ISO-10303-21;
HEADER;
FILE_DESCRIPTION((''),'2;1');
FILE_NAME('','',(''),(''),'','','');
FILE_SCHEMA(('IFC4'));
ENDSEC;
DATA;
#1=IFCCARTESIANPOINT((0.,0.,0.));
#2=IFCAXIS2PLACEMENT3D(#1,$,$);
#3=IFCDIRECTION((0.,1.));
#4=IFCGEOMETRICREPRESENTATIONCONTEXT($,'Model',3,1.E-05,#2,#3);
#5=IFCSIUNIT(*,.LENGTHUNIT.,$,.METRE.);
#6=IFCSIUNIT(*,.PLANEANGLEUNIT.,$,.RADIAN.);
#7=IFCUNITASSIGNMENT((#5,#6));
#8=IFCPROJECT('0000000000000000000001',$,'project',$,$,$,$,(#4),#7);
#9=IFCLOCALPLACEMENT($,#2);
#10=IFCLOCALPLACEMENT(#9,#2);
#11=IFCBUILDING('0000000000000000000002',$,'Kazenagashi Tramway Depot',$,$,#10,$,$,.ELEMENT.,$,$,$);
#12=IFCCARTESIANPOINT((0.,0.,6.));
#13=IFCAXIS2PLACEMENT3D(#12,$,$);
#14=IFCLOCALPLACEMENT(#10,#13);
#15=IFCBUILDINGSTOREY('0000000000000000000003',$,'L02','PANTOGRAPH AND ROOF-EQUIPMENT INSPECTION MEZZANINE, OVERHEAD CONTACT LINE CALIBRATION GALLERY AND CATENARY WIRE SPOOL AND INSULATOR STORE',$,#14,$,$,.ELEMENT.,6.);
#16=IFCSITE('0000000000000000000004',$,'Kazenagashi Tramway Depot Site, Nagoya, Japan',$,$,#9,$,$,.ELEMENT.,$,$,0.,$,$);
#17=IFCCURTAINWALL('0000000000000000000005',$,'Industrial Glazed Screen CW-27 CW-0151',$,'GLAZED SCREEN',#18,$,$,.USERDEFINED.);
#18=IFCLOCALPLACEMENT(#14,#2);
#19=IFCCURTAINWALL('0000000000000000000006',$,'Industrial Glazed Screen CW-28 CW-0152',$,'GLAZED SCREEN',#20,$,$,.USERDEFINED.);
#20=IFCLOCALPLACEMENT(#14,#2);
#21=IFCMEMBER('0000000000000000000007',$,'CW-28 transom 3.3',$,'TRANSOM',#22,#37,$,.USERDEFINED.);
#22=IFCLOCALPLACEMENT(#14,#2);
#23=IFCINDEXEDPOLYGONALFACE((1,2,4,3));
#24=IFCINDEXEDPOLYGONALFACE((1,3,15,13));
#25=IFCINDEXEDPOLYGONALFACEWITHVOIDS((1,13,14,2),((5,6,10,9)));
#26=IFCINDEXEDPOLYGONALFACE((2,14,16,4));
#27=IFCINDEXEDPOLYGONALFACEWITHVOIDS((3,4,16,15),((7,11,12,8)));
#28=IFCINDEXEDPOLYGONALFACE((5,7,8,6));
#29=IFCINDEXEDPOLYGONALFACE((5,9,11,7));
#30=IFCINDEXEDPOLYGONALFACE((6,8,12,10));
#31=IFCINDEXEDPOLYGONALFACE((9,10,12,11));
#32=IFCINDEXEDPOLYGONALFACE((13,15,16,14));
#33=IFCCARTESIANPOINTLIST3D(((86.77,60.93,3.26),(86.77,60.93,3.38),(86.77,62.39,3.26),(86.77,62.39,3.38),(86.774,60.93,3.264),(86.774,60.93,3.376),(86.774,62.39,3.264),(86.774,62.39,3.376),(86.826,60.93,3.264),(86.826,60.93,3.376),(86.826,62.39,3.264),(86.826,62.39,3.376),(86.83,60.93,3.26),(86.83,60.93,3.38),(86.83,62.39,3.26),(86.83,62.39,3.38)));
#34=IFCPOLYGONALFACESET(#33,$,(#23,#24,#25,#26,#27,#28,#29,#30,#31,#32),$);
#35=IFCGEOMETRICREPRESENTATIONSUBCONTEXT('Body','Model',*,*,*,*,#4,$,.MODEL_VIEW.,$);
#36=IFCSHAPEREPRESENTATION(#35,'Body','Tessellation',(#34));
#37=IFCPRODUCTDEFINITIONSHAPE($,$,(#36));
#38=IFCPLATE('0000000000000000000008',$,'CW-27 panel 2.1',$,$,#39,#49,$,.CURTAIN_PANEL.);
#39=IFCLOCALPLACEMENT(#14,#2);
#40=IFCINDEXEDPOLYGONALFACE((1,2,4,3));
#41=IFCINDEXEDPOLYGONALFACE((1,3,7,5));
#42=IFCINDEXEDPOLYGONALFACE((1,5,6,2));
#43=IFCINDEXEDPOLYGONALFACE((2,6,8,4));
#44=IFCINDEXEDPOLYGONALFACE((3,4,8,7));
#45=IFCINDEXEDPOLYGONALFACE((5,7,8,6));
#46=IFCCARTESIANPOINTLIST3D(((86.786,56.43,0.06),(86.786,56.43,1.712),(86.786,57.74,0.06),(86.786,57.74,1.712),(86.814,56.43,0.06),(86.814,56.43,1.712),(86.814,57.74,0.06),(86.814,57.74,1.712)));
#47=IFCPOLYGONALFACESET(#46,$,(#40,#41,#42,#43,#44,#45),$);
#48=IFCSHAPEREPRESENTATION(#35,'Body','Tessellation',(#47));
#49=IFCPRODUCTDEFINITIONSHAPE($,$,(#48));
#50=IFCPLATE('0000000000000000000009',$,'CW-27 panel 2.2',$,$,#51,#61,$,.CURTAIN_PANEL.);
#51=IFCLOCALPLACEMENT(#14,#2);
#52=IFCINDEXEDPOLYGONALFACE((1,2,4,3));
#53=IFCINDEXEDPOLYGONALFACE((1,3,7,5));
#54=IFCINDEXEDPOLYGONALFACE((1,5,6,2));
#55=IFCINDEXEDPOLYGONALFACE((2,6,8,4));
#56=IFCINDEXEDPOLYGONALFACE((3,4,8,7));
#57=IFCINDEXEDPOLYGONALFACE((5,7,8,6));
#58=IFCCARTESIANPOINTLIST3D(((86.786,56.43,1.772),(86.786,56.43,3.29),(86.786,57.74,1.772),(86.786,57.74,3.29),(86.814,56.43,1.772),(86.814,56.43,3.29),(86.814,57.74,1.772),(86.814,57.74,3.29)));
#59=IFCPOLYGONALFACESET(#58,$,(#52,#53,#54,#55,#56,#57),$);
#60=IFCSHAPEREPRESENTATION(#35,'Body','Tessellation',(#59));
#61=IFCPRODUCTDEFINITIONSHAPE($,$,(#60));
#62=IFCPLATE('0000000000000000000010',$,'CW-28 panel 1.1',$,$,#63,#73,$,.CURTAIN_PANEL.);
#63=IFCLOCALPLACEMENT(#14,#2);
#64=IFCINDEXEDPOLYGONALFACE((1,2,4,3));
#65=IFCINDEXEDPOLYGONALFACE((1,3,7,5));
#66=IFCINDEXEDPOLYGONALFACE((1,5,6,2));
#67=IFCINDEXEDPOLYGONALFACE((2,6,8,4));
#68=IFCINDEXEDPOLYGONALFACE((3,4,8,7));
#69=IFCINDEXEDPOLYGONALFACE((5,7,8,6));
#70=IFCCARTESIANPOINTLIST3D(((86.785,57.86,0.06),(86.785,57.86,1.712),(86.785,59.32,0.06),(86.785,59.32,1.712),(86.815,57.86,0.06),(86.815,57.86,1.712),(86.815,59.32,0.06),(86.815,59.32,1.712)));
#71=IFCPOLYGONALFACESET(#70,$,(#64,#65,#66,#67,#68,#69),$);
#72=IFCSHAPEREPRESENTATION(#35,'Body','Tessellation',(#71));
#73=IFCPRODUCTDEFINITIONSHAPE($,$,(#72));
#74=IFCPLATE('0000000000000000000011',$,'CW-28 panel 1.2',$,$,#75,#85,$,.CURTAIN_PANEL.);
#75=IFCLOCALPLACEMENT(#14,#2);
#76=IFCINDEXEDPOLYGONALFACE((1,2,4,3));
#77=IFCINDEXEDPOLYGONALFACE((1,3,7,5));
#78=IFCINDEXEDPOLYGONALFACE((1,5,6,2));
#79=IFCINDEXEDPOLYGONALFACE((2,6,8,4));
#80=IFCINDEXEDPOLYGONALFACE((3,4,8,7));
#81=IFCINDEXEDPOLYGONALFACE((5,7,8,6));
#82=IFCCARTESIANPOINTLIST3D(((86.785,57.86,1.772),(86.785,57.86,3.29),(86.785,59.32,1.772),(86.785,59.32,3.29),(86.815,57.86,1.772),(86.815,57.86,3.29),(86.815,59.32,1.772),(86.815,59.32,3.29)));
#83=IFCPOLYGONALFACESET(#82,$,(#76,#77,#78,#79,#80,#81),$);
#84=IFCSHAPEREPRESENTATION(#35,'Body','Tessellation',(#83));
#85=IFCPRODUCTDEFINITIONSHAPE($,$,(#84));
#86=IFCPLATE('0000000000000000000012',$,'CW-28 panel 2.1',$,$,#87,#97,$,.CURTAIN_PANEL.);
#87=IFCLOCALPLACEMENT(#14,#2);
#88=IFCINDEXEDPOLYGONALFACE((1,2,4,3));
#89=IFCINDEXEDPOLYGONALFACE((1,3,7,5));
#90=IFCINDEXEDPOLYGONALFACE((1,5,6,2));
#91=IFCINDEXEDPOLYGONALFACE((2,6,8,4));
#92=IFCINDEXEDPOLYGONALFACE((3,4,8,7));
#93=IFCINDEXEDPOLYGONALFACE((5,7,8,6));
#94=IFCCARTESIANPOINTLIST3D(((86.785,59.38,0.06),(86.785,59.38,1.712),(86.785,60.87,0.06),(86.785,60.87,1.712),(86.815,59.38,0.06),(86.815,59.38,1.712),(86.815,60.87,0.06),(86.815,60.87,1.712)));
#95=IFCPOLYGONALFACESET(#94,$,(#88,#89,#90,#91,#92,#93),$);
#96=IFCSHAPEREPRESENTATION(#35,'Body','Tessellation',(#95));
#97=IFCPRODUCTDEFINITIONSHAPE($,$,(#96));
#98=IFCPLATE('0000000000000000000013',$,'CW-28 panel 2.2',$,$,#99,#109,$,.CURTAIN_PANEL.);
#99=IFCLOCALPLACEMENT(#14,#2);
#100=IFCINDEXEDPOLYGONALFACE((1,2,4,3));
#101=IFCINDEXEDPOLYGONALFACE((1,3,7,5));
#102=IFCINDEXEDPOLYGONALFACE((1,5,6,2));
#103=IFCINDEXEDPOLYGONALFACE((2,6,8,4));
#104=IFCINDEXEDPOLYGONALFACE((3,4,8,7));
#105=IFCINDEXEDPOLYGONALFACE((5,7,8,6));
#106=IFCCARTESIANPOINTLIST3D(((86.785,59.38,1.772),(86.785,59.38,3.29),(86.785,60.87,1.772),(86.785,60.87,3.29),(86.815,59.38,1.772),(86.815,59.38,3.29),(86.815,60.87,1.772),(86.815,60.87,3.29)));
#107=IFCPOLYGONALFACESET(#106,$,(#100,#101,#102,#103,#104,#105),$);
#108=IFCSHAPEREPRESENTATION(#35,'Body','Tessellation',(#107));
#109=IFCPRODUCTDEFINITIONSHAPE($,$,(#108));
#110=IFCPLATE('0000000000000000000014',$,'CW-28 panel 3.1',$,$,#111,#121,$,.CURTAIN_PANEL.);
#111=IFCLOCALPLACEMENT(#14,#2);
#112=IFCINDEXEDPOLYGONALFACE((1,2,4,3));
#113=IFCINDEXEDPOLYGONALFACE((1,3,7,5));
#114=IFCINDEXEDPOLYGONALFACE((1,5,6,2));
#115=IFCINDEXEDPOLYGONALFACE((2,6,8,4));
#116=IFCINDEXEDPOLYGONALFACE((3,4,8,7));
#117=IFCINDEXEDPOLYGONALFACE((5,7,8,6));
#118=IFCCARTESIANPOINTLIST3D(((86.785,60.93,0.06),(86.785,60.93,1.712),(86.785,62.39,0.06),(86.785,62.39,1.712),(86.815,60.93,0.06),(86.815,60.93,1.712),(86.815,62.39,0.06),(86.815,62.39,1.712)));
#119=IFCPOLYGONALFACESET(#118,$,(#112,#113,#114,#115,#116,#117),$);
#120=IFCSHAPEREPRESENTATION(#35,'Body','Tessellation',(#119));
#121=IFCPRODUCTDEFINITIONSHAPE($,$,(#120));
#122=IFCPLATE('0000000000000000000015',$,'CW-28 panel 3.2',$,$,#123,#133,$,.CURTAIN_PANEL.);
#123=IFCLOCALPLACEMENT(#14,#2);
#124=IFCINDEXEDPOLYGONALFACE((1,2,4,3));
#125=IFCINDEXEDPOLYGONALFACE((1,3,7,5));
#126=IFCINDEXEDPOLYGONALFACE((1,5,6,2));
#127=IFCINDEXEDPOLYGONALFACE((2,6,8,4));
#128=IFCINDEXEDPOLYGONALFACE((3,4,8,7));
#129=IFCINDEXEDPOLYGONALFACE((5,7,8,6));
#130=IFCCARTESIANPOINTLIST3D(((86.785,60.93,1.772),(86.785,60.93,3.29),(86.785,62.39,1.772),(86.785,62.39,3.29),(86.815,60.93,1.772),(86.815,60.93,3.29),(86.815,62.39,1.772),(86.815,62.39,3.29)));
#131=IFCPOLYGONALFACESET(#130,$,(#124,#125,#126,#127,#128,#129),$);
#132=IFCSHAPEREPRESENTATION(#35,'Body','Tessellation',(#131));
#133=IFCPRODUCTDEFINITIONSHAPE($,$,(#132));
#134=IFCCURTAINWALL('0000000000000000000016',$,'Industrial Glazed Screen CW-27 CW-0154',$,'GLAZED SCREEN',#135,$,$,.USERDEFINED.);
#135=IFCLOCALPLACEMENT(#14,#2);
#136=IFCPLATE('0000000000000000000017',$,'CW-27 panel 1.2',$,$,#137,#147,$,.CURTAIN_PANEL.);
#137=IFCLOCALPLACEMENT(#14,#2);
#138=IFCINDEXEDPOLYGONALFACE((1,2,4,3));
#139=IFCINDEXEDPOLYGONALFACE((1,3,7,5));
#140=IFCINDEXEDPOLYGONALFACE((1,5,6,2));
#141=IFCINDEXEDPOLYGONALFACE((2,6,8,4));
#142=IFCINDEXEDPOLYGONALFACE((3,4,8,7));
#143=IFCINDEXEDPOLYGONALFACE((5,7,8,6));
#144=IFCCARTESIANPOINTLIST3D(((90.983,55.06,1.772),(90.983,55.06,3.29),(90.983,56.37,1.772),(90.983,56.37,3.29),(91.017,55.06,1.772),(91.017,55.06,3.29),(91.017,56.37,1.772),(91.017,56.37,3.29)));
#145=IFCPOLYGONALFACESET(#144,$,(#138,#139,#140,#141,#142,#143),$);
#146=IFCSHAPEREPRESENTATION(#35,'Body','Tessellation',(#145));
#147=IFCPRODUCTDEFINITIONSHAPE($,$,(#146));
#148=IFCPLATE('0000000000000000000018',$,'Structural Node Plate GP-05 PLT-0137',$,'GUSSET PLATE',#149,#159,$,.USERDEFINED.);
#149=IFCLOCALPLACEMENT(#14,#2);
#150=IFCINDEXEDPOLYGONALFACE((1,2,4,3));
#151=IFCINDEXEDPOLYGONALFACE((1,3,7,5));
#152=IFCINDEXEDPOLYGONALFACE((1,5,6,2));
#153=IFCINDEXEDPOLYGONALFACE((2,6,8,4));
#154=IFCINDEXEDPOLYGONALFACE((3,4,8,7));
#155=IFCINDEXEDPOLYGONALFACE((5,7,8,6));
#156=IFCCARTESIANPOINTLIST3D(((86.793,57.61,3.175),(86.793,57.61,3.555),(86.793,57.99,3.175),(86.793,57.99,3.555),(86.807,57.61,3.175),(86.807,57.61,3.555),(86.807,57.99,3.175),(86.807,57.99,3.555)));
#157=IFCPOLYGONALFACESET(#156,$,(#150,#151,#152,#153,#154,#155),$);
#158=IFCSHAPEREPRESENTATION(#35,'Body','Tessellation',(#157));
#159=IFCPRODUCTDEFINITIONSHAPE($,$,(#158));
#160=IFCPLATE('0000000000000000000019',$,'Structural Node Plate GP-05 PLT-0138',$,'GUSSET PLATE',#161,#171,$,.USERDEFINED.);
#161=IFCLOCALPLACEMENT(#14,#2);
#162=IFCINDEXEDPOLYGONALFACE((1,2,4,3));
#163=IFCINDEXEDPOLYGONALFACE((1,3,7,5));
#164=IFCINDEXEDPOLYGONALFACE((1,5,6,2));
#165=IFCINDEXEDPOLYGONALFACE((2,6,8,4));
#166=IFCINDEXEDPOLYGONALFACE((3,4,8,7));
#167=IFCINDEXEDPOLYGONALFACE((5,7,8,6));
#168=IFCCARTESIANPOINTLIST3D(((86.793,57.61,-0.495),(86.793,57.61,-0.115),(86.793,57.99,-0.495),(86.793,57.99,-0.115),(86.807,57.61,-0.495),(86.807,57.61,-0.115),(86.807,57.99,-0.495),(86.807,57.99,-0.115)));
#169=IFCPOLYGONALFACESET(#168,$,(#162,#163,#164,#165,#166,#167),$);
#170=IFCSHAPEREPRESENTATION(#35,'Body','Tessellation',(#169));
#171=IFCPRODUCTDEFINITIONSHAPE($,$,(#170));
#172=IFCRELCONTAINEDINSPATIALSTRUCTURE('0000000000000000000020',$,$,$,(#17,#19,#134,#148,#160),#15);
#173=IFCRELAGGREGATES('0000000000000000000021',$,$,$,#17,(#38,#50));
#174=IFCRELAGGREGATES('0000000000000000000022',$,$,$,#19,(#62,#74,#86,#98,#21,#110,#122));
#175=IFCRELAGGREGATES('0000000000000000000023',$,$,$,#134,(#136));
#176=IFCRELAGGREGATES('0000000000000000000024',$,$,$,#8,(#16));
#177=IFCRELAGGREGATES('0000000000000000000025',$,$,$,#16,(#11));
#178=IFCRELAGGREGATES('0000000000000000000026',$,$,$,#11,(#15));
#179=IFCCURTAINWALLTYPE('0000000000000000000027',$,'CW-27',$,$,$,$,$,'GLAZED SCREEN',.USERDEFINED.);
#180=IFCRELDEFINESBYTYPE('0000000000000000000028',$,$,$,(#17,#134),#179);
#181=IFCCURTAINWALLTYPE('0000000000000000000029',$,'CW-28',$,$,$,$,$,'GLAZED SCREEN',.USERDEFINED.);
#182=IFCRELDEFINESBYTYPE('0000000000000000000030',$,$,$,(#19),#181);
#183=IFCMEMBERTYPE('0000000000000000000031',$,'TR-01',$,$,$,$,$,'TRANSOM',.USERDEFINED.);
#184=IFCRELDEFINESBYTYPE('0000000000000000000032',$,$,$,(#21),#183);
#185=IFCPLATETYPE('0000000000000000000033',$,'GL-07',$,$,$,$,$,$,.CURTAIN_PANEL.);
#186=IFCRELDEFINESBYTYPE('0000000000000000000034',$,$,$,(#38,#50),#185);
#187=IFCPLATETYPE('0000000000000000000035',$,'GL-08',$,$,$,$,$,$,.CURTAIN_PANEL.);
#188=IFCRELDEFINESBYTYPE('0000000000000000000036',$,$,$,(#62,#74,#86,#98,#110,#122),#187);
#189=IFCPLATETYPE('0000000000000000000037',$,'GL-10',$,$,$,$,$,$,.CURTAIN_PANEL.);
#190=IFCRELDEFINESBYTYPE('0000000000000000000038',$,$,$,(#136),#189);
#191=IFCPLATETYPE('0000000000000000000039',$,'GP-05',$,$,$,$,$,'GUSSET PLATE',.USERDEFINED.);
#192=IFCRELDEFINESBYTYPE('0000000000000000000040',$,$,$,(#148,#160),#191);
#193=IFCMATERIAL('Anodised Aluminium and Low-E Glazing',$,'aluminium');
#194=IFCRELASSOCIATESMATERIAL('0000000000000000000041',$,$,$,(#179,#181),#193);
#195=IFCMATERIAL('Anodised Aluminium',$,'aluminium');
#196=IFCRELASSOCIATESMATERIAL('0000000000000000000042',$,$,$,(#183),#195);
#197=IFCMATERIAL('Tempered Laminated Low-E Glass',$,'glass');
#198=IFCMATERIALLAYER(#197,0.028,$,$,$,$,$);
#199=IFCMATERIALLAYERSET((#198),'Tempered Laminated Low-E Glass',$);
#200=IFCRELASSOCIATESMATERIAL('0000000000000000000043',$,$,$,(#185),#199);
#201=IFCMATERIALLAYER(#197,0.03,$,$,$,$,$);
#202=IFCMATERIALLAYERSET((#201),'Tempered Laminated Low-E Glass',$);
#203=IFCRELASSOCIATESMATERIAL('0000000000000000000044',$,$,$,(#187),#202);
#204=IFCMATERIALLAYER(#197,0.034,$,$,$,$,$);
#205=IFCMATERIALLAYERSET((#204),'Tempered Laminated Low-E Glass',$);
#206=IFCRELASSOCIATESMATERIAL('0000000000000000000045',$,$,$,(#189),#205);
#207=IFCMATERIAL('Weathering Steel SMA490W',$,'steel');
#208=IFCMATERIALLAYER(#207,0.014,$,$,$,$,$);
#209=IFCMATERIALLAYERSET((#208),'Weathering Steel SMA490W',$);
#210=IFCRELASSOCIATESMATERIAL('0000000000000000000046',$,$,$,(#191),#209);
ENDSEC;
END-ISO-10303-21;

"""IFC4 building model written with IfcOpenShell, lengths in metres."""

from ifc_helpers import new_model, si_unit, direction, frame, origin, origin_2d, place, context, subcontext, project, spatial, rectangle, hollow_rectangle, extrude, material, layer, layer_set, material_profile, profile_set, type_object, element, aggregate, save


model = new_model("IFC4")

# Units and contexts
model_context = context("Model", 3, precision=1e-05, world=origin(), true_north=direction((0.0, 1.0)))
body_context = subcontext(model_context, "Body", "Model", "MODEL_VIEW")
ifc_project = project(units=[si_unit("LENGTHUNIT", "METRE"), si_unit("PLANEANGLEUNIT", "RADIAN")], contexts=[model_context])

# Site, building, storey
site_placement = place(None, origin())
site = spatial("IfcSite", under=ifc_project, at=site_placement, Name="Kazenagashi Tramway Depot Site, Nagoya, Japan", CompositionType="ELEMENT", RefElevation=0.0)
building_placement = place(site_placement, origin())
building = spatial("IfcBuilding", under=site, at=building_placement, Name="Kazenagashi Tramway Depot", CompositionType="ELEMENT")
storey_placement = place(building_placement, frame((0.0, 0.0, 6.0)))
storey = spatial("IfcBuildingStorey", under=building, at=storey_placement, Name="L02", Description="PANTOGRAPH AND ROOF-EQUIPMENT INSPECTION MEZZANINE, OVERHEAD CONTACT LINE CALIBRATION GALLERY AND CATENARY WIRE SPOOL AND INSULATOR STORE", CompositionType="ELEMENT", Elevation=6.0)

# Shared definitions
ifc_material_1 = material(Name="Weathering Steel SMA490W", Category="steel")

# Curtain walls
ifc_material_2 = material(Name="Anodised Aluminium and Low-E Glazing", Category="aluminium")
curtain_wall_type_1 = type_object("IfcCurtainWallType", Name="CW-27", ElementType="GLAZED SCREEN", PredefinedType="USERDEFINED", material=ifc_material_2)
curtain_wall_1_placement = place(storey_placement, origin())
curtain_wall_1 = element("IfcCurtainWall", 1, at=curtain_wall_1_placement, inside=storey, type_object=curtain_wall_type_1, Name="Industrial Glazed Screen CW-27 CW-0151", ObjectType="GLAZED SCREEN", PredefinedType="USERDEFINED")
ifc_material_3 = material(Name="Anodised Aluminium", Category="aluminium")
curtain_wall_type_2 = type_object("IfcCurtainWallType", Name="CW-28", ElementType="GLAZED SCREEN", PredefinedType="USERDEFINED", material=ifc_material_2)
curtain_wall_2_placement = place(storey_placement, origin())
curtain_wall_2 = element("IfcCurtainWall", 2, at=curtain_wall_2_placement, inside=storey, type_object=curtain_wall_type_2, Name="Industrial Glazed Screen CW-28 CW-0152", ObjectType="GLAZED SCREEN", PredefinedType="USERDEFINED")

# Member
ifc_material_profile_1 = material_profile(ifc_material_3, hollow_rectangle(XDim=0.06, YDim=0.12, WallThickness=0.004, at=origin_2d()), Name="RHS-120x60x4")
ifc_profile_set_1 = profile_set([ifc_material_profile_1], Name="Anodised Aluminium")
member_type_1 = type_object("IfcMemberType", Name="TR-01", ElementType="TRANSOM", PredefinedType="USERDEFINED", material=ifc_profile_set_1)
member_1_placement = place(storey_placement, frame((86.8, 60.93, 3.32), z_axis=(0.0, 1.0, 0.0), x_axis=(-1.0, 0.0, 0.0)))
member_1 = element("IfcMember", 3, at=member_1_placement, type_object=member_type_1, Name="CW-28 transom 3.3", ObjectType="TRANSOM", PredefinedType="USERDEFINED", context=body_context, shape_type="SweptSolid", body=[
    extrude(hollow_rectangle(XDim=0.06, YDim=0.12, WallThickness=0.004, at=origin_2d()), origin(), (0.0, 0.0, 1.0), 1.46),
])

# Plates
ifc_material_4 = material(Name="Tempered Laminated Low-E Glass", Category="glass")
ifc_layer_1 = layer(ifc_material_4, 0.028)
ifc_layer_set_1 = layer_set([ifc_layer_1], Name="Tempered Laminated Low-E Glass")
plate_type_1 = type_object("IfcPlateType", Name="GL-07", PredefinedType="CURTAIN_PANEL", material=ifc_layer_set_1)
plate_1_placement = place(storey_placement, frame((86.8, 57.085, 0.06), z_axis=(0.0, 0.0, 1.0), x_axis=(0.0, 1.0, 0.0)))
plate_1 = element("IfcPlate", 4, at=plate_1_placement, type_object=plate_type_1, Name="CW-27 panel 2.1", PredefinedType="CURTAIN_PANEL", context=body_context, shape_type="SweptSolid", body=[
    extrude(rectangle(XDim=1.31, YDim=0.028, at=origin_2d()), origin(), (0.0, 0.0, 1.0), 1.652),
])
plate_2_placement = place(storey_placement, frame((86.8, 57.085, 1.772), z_axis=(0.0, 0.0, 1.0), x_axis=(0.0, 1.0, 0.0)))
plate_2 = element("IfcPlate", 5, at=plate_2_placement, type_object=plate_type_1, Name="CW-27 panel 2.2", PredefinedType="CURTAIN_PANEL", context=body_context, shape_type="SweptSolid", body=[
    extrude(rectangle(XDim=1.31, YDim=0.028, at=origin_2d()), origin(), (0.0, 0.0, 1.0), 1.518),
])
aggregate(curtain_wall_1, [plate_1, plate_2])
ifc_layer_2 = layer(ifc_material_4, 0.03)
ifc_layer_set_2 = layer_set([ifc_layer_2], Name="Tempered Laminated Low-E Glass")
plate_type_2 = type_object("IfcPlateType", Name="GL-08", PredefinedType="CURTAIN_PANEL", material=ifc_layer_set_2)
plate_3_placement = place(storey_placement, frame((86.8, 58.59, 0.06), z_axis=(0.0, 0.0, 1.0), x_axis=(0.0, 1.0, 0.0)))
plate_3 = element("IfcPlate", 6, at=plate_3_placement, type_object=plate_type_2, Name="CW-28 panel 1.1", PredefinedType="CURTAIN_PANEL", context=body_context, shape_type="SweptSolid", body=[
    extrude(rectangle(XDim=1.46, YDim=0.03, at=origin_2d()), origin(), (0.0, 0.0, 1.0), 1.652),
])
plate_4_placement = place(storey_placement, frame((86.8, 58.59, 1.772), z_axis=(0.0, 0.0, 1.0), x_axis=(0.0, 1.0, 0.0)))
plate_4 = element("IfcPlate", 7, at=plate_4_placement, type_object=plate_type_2, Name="CW-28 panel 1.2", PredefinedType="CURTAIN_PANEL", context=body_context, shape_type="SweptSolid", body=[
    extrude(rectangle(XDim=1.46, YDim=0.03, at=origin_2d()), origin(), (0.0, 0.0, 1.0), 1.518),
])
plate_5_placement = place(storey_placement, frame((86.8, 60.125, 0.06), z_axis=(0.0, 0.0, 1.0), x_axis=(0.0, 1.0, 0.0)))
plate_5 = element("IfcPlate", 8, at=plate_5_placement, type_object=plate_type_2, Name="CW-28 panel 2.1", PredefinedType="CURTAIN_PANEL", context=body_context, shape_type="SweptSolid", body=[
    extrude(rectangle(XDim=1.49, YDim=0.03, at=origin_2d()), origin(), (0.0, 0.0, 1.0), 1.652),
])
plate_6_placement = place(storey_placement, frame((86.8, 60.125, 1.772), z_axis=(0.0, 0.0, 1.0), x_axis=(0.0, 1.0, 0.0)))
plate_6 = element("IfcPlate", 9, at=plate_6_placement, type_object=plate_type_2, Name="CW-28 panel 2.2", PredefinedType="CURTAIN_PANEL", context=body_context, shape_type="SweptSolid", body=[
    extrude(rectangle(XDim=1.49, YDim=0.03, at=origin_2d()), origin(), (0.0, 0.0, 1.0), 1.518),
])
plate_7_placement = place(storey_placement, frame((86.8, 61.66, 0.06), z_axis=(0.0, 0.0, 1.0), x_axis=(0.0, 1.0, 0.0)))
plate_7 = element("IfcPlate", 10, at=plate_7_placement, type_object=plate_type_2, Name="CW-28 panel 3.1", PredefinedType="CURTAIN_PANEL", context=body_context, shape_type="SweptSolid", body=[
    extrude(rectangle(XDim=1.46, YDim=0.03, at=origin_2d()), origin(), (0.0, 0.0, 1.0), 1.652),
])
plate_8_placement = place(storey_placement, frame((86.8, 61.66, 1.772), z_axis=(0.0, 0.0, 1.0), x_axis=(0.0, 1.0, 0.0)))
plate_8 = element("IfcPlate", 11, at=plate_8_placement, type_object=plate_type_2, Name="CW-28 panel 3.2", PredefinedType="CURTAIN_PANEL", context=body_context, shape_type="SweptSolid", body=[
    extrude(rectangle(XDim=1.46, YDim=0.03, at=origin_2d()), origin(), (0.0, 0.0, 1.0), 1.518),
])
aggregate(curtain_wall_2, [plate_3, plate_4, plate_5, plate_6, member_1, plate_7, plate_8])

# Curtain wall, plate
curtain_wall_3_placement = place(storey_placement, origin())
curtain_wall_3 = element("IfcCurtainWall", 12, at=curtain_wall_3_placement, inside=storey, type_object=curtain_wall_type_1, Name="Industrial Glazed Screen CW-27 CW-0154", ObjectType="GLAZED SCREEN", PredefinedType="USERDEFINED")
ifc_layer_3 = layer(ifc_material_4, 0.034)
ifc_layer_set_3 = layer_set([ifc_layer_3], Name="Tempered Laminated Low-E Glass")
plate_type_3 = type_object("IfcPlateType", Name="GL-10", PredefinedType="CURTAIN_PANEL", material=ifc_layer_set_3)
plate_9_placement = place(storey_placement, frame((91.0, 55.715, 1.772), z_axis=(0.0, 0.0, 1.0), x_axis=(0.0, 1.0, 0.0)))
plate_9 = element("IfcPlate", 13, at=plate_9_placement, type_object=plate_type_3, Name="CW-27 panel 1.2", PredefinedType="CURTAIN_PANEL", context=body_context, shape_type="SweptSolid", body=[
    extrude(rectangle(XDim=1.31, YDim=0.034, at=origin_2d()), origin(), (0.0, 0.0, 1.0), 1.518),
])
aggregate(curtain_wall_3, [plate_9])

# Plates
ifc_layer_4 = layer(ifc_material_1, 0.014)
ifc_layer_set_4 = layer_set([ifc_layer_4], Name="Weathering Steel SMA490W")
plate_type_4 = type_object("IfcPlateType", Name="GP-05", ElementType="GUSSET PLATE", PredefinedType="USERDEFINED", material=ifc_layer_set_4)
for number, where, z_axis, x_axis, name in (
    (14, (86.8, 57.8, 3.175), (0.0, 0.0, 1.0), (0.0, 1.0, 0.0), "Structural Node Plate GP-05 PLT-0137"),
    (15, (86.8, 57.8, -0.495), (0.0, 0.0, 1.0), (0.0, 1.0, 0.0), "Structural Node Plate GP-05 PLT-0138"),
):
    element("IfcPlate", number, at=place(storey_placement, frame(where, z_axis=z_axis, x_axis=x_axis)), inside=storey, type_object=plate_type_4, Name=name, ObjectType="GUSSET PLATE", PredefinedType="USERDEFINED", context=body_context, shape_type="SweptSolid", body=[
        extrude(rectangle(XDim=0.38, YDim=0.014, at=origin_2d()), origin(), (0.0, 0.0, 1.0), 0.38),
    ])

save(model, "model.ifc")
